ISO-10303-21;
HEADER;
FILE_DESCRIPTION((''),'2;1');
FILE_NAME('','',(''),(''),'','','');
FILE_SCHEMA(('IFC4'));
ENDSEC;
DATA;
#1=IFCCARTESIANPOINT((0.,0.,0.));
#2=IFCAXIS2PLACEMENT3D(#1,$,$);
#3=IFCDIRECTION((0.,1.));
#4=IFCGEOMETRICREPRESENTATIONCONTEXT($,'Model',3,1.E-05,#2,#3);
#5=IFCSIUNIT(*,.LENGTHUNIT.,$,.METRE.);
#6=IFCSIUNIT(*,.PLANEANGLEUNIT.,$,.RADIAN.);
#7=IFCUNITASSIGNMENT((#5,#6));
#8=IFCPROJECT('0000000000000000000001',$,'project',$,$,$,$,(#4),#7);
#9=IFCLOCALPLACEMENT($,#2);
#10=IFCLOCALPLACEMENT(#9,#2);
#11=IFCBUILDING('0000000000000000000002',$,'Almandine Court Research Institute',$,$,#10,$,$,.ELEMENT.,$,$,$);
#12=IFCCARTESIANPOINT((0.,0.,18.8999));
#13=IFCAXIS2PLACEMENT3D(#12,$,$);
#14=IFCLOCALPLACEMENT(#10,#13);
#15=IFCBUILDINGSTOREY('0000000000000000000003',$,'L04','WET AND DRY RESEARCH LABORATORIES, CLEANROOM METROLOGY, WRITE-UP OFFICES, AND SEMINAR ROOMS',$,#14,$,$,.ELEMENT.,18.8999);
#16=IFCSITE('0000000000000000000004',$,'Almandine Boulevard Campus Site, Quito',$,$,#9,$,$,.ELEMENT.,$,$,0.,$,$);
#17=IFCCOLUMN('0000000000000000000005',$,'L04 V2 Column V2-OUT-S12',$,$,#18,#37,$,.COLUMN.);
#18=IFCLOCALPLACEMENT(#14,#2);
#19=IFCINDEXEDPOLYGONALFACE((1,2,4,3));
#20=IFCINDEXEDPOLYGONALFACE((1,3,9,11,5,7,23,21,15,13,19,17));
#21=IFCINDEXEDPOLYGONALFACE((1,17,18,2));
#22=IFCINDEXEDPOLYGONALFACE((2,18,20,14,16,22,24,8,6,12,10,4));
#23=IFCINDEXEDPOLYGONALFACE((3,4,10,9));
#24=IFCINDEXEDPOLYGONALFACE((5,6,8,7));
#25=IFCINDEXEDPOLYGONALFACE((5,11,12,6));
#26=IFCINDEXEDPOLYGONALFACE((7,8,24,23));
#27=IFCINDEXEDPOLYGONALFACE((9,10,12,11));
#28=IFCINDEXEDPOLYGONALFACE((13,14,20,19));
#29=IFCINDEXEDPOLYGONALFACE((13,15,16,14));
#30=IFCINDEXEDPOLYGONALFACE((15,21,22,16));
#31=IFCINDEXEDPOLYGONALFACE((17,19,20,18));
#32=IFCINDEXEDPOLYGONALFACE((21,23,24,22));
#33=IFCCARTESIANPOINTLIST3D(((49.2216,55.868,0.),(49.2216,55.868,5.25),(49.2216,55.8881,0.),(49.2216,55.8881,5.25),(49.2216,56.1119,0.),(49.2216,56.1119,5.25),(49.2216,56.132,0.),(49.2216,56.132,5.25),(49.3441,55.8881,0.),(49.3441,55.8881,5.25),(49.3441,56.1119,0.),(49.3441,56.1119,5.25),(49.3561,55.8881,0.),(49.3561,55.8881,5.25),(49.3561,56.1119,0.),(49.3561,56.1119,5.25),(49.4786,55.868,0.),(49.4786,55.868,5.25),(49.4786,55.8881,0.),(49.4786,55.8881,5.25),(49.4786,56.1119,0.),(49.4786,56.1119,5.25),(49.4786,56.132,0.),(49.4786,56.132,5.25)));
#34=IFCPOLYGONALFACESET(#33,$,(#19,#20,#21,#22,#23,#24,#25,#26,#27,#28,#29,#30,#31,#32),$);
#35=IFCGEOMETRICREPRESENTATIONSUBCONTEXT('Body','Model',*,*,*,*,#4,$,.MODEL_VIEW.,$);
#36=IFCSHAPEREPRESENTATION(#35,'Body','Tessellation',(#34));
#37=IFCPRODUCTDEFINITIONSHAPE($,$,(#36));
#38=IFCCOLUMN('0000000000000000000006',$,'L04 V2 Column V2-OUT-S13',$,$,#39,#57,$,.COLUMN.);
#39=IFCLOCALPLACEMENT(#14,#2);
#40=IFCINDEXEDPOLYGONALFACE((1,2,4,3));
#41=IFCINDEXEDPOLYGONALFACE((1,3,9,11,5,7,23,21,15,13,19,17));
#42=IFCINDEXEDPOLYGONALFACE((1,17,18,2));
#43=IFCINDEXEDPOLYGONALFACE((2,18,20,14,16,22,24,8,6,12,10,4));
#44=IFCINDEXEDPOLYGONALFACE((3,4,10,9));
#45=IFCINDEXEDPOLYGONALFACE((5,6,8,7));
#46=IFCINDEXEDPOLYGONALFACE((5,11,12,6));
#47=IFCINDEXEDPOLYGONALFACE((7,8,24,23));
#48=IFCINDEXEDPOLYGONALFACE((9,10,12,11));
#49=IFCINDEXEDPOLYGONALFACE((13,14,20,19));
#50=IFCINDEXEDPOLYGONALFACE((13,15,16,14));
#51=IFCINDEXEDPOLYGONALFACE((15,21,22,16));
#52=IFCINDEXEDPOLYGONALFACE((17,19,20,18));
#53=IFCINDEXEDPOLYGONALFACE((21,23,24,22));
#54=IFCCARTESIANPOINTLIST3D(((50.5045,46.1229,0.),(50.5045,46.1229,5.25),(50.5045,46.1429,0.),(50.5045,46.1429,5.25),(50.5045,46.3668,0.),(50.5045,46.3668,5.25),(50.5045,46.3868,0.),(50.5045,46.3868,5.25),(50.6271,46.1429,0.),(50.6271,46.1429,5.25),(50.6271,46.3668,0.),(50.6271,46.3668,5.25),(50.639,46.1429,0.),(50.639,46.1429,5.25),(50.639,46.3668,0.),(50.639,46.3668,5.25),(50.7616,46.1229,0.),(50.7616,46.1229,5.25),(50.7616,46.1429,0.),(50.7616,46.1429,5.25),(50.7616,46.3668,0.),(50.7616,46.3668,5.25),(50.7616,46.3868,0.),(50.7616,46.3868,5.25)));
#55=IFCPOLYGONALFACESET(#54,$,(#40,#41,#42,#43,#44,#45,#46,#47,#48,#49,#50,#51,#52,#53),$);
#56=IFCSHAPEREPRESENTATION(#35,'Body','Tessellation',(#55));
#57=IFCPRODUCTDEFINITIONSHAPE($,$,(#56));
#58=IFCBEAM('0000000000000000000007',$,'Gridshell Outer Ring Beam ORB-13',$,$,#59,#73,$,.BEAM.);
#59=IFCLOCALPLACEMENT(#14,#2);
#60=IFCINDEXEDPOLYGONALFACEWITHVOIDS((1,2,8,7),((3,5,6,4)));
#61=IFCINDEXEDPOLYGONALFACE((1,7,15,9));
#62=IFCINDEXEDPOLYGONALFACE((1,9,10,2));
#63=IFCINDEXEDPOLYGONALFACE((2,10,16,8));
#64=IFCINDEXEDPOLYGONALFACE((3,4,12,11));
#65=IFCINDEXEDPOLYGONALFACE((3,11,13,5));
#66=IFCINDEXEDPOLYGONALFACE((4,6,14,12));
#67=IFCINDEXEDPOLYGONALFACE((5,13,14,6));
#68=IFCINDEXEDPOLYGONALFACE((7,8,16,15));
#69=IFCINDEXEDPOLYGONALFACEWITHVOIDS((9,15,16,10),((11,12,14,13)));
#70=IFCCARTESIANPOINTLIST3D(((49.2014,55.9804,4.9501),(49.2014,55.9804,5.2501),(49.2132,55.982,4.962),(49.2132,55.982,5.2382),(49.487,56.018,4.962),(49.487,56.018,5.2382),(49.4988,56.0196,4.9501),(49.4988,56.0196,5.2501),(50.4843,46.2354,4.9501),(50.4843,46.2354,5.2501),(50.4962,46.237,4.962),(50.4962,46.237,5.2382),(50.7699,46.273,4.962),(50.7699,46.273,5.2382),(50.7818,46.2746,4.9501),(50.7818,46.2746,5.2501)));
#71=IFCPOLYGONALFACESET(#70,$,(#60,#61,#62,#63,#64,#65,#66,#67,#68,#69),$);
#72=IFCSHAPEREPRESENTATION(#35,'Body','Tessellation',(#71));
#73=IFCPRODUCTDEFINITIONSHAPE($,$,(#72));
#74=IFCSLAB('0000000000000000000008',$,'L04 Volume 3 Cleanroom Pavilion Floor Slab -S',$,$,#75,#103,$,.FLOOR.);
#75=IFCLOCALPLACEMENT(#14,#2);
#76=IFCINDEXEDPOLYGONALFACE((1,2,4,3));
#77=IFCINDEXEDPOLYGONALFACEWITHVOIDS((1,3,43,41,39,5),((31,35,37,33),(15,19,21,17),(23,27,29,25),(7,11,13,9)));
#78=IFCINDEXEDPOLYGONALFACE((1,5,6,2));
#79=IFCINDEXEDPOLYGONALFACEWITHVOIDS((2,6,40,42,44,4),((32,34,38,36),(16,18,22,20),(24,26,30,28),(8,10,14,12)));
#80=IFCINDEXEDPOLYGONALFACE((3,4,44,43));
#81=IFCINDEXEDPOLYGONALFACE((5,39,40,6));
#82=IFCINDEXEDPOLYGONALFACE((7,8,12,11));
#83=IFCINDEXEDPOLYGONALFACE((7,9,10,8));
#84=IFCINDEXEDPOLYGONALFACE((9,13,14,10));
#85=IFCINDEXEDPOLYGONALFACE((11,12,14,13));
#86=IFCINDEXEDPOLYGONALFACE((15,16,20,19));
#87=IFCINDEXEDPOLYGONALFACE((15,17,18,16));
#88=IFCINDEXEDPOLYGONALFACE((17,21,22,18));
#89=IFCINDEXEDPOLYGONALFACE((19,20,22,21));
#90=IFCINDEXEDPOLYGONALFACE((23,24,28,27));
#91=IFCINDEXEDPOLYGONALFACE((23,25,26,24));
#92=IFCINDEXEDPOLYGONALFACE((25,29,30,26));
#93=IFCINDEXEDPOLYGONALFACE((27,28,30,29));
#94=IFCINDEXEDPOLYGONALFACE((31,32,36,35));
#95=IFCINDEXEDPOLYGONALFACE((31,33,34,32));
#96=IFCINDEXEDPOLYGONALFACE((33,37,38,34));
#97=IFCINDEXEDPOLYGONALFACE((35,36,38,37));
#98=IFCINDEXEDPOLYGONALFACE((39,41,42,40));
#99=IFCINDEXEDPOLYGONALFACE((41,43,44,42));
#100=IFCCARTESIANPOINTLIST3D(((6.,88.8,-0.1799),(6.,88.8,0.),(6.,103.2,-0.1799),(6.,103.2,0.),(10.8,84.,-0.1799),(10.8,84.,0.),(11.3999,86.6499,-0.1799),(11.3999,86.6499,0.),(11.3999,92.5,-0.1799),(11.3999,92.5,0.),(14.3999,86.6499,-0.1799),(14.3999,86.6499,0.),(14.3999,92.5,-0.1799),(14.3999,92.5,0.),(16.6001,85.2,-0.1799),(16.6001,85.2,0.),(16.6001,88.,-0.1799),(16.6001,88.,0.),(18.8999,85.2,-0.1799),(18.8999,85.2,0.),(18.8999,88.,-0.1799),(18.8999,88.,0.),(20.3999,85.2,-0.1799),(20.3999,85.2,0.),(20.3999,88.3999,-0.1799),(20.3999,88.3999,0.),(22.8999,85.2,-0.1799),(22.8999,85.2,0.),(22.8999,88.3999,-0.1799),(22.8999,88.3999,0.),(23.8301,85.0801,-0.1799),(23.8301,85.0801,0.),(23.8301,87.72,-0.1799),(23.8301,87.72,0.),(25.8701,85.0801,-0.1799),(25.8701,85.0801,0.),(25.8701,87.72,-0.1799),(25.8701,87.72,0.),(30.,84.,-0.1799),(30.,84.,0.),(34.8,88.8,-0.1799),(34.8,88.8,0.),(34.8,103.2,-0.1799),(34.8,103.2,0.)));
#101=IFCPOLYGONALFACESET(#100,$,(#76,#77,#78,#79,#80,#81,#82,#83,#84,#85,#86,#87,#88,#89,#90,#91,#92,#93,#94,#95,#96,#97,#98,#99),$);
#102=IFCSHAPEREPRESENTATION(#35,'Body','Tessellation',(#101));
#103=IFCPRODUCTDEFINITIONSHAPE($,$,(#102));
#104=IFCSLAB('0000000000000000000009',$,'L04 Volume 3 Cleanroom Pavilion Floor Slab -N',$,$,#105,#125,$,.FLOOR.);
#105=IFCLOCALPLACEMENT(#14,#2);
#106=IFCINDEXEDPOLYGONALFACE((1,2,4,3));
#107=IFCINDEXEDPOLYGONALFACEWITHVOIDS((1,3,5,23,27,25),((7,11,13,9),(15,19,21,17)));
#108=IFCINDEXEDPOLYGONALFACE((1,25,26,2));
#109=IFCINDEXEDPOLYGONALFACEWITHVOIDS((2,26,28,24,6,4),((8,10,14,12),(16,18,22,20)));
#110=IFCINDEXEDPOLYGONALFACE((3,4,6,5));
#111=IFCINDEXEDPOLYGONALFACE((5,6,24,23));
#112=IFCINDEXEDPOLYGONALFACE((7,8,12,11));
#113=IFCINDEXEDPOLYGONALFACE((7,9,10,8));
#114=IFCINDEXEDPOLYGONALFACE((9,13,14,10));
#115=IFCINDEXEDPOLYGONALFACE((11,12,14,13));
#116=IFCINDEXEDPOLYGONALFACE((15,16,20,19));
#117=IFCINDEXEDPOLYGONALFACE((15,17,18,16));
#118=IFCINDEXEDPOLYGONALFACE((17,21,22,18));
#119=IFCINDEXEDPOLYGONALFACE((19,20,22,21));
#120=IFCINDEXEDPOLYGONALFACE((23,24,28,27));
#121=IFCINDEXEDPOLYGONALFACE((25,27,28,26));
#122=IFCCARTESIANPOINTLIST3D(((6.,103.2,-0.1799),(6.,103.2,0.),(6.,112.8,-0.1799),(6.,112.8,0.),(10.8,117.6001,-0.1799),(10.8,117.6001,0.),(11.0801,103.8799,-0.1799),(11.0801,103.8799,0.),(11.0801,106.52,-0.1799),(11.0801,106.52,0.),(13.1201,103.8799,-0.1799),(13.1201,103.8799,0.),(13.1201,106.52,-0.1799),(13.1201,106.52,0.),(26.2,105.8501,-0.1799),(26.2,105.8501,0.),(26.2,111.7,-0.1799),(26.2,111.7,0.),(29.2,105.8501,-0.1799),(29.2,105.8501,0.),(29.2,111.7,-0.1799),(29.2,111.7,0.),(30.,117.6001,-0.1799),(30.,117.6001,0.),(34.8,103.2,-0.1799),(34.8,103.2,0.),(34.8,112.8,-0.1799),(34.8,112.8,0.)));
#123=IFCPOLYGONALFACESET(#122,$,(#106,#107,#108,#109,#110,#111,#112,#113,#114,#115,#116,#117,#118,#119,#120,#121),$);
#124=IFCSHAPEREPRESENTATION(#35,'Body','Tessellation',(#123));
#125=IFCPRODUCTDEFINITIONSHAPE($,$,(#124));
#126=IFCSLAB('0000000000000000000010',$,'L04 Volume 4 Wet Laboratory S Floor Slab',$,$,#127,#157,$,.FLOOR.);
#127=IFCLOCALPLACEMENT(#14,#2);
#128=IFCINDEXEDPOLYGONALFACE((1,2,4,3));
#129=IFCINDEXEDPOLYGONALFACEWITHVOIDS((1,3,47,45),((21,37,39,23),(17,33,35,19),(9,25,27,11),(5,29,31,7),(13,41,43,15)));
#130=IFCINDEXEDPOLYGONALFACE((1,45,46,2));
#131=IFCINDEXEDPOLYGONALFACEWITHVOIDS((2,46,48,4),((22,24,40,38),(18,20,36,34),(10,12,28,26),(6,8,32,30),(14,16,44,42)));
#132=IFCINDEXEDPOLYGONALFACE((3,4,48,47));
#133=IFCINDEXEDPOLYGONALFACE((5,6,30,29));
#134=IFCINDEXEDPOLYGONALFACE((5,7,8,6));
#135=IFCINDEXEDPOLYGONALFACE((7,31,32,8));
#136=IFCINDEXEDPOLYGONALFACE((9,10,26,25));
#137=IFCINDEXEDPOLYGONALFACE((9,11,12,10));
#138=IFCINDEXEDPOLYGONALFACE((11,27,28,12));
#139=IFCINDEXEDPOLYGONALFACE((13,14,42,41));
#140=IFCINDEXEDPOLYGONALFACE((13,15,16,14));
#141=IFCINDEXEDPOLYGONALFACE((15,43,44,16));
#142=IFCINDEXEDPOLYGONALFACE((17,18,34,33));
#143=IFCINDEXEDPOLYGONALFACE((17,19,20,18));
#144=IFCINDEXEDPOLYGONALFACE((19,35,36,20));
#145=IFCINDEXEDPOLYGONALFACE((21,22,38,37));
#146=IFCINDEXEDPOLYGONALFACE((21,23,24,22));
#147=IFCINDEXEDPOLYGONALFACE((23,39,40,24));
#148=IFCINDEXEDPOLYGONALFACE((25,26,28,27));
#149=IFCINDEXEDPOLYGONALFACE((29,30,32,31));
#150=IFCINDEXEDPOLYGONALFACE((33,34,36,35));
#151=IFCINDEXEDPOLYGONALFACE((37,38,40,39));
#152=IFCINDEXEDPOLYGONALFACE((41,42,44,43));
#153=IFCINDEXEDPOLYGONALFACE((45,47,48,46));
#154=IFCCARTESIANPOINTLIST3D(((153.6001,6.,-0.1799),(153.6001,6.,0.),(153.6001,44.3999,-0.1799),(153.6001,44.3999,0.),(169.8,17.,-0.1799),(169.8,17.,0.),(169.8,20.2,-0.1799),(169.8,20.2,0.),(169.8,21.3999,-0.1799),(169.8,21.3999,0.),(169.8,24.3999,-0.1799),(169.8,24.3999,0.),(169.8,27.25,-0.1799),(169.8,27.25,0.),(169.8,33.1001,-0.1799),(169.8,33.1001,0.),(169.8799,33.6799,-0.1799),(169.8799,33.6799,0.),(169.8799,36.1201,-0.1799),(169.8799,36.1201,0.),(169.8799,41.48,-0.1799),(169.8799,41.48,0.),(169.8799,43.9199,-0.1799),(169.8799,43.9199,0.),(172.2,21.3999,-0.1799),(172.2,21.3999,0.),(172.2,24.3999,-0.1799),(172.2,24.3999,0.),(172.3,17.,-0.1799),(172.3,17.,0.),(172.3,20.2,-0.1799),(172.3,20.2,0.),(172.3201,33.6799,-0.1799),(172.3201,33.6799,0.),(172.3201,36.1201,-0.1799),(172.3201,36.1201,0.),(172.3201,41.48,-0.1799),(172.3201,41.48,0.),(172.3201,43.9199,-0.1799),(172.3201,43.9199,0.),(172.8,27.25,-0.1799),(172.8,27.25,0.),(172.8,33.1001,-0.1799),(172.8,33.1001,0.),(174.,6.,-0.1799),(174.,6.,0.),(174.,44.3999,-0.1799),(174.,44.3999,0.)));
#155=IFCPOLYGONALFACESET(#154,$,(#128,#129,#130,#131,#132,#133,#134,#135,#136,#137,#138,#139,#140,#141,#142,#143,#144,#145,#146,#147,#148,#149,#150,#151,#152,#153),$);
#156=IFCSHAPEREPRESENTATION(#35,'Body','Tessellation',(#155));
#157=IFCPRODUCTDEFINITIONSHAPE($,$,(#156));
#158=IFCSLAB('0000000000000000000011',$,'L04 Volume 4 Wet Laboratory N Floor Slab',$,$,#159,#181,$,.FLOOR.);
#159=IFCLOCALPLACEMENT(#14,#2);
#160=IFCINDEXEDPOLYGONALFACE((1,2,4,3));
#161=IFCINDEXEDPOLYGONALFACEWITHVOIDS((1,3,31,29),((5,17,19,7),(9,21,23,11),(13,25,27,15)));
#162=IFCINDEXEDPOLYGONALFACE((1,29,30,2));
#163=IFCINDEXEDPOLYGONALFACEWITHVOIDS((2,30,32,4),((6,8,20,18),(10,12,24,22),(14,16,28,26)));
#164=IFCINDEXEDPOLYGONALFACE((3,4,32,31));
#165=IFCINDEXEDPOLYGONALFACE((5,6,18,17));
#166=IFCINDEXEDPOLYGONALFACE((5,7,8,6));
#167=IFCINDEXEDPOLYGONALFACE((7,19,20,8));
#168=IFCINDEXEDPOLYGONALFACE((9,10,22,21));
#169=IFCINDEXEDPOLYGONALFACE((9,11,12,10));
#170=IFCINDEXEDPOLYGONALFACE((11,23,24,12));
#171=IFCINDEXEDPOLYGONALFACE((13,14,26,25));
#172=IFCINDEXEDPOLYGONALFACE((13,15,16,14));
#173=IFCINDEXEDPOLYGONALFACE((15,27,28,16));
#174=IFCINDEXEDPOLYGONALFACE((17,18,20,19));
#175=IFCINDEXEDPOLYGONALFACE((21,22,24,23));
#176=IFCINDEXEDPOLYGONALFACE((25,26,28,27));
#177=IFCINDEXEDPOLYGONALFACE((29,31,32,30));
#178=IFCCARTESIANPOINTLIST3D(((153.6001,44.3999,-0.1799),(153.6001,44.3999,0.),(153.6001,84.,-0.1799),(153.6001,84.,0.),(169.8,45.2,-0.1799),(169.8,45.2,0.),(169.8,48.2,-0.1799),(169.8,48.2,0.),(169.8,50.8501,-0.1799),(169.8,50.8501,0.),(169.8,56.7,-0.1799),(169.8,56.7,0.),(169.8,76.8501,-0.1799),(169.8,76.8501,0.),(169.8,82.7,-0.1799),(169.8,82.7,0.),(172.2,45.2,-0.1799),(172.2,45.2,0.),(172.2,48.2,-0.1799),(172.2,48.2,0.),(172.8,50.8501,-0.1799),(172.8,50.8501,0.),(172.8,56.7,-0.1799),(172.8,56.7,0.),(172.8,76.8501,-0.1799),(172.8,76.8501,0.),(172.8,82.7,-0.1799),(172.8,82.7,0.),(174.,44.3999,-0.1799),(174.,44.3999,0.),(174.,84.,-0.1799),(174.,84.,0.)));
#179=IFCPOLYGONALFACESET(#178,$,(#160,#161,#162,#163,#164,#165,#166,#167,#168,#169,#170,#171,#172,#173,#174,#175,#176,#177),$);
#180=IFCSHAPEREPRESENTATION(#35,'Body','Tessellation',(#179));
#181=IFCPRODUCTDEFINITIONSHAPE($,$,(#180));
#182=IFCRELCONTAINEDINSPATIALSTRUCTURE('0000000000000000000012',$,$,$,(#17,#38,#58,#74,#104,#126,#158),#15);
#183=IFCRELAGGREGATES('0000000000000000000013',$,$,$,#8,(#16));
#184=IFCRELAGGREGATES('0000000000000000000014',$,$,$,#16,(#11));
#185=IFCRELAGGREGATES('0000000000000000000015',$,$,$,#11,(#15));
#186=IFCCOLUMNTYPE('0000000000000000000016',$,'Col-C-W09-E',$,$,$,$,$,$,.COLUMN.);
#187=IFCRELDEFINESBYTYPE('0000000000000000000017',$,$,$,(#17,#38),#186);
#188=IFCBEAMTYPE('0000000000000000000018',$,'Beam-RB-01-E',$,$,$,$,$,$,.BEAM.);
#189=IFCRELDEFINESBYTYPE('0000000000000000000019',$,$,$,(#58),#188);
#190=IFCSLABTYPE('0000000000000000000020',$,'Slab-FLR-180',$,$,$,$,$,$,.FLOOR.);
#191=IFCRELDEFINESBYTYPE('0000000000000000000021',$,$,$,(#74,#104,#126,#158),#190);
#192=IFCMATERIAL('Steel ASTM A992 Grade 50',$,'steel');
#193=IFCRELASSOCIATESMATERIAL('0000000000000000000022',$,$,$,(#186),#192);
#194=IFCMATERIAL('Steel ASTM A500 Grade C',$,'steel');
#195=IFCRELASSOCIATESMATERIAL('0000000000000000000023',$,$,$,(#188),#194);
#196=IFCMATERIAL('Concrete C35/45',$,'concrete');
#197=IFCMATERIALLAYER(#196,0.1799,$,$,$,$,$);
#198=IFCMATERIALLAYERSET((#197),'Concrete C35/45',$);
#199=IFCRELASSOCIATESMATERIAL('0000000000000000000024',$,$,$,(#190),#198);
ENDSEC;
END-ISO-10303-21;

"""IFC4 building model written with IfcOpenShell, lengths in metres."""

from ifc_helpers import new_model, si_unit, direction, frame, origin, origin_2d, place, context, subcontext, project, spatial, polyline, hollow_rectangle, i_section, outline, extrude, material, layer, layer_set, material_profile, profile_set, type_object, element, save


model = new_model("IFC4")

# Units and contexts
model_context = context("Model", 3, precision=1e-05, world=origin(), true_north=direction((0.0, 1.0)))
body_context = subcontext(model_context, "Body", "Model", "MODEL_VIEW")
ifc_project = project(units=[si_unit("LENGTHUNIT", "METRE"), si_unit("PLANEANGLEUNIT", "RADIAN")], contexts=[model_context])

# Site, building, storey
site_placement = place(None, origin())
site = spatial("IfcSite", under=ifc_project, at=site_placement, Name="Almandine Boulevard Campus Site, Quito", CompositionType="ELEMENT", RefElevation=0.0)
building_placement = place(site_placement, origin())
building = spatial("IfcBuilding", under=site, at=building_placement, Name="Almandine Court Research Institute", CompositionType="ELEMENT")
storey_placement = place(building_placement, frame((0.0, 0.0, 18.8999)))
storey = spatial("IfcBuildingStorey", under=building, at=storey_placement, Name="L04", Description="WET AND DRY RESEARCH LABORATORIES, CLEANROOM METROLOGY, WRITE-UP OFFICES, AND SEMINAR ROOMS", CompositionType="ELEMENT", Elevation=18.8999)

# Columns
ifc_material_1 = material(Name="Steel ASTM A992 Grade 50", Category="steel")
ifc_material_profile_1 = material_profile(ifc_material_1, i_section(OverallWidth=0.2571, OverallDepth=0.2639, WebThickness=0.012, FlangeThickness=0.02, at=origin_2d()), Name="W250x101")
ifc_profile_set_1 = profile_set([ifc_material_profile_1], Name="Steel ASTM A992 Grade 50")
column_type = type_object("IfcColumnType", Name="Col-C-W09-E", PredefinedType="COLUMN", material=ifc_profile_set_1)
for number, where, z_axis, x_axis, name in (
    (1, (49.3501, 56.0, 0.0), (0.0, 0.0, 1.0), (1.0, 0.0, 0.0), "L04 V2 Column V2-OUT-S12"),
    (2, (50.6331, 46.2549, 0.0), (0.0, 0.0, 1.0), (1.0, 0.0, 0.0), "L04 V2 Column V2-OUT-S13"),
):
    element("IfcColumn", number, at=place(storey_placement, frame(where, z_axis=z_axis, x_axis=x_axis)), inside=storey, type_object=column_type, Name=name, PredefinedType="COLUMN", context=body_context, shape_type="SweptSolid", body=[
        extrude(i_section(OverallWidth=0.2571, OverallDepth=0.2639, WebThickness=0.012, FlangeThickness=0.02, at=origin_2d()), origin(), (0.0, 0.0, 1.0), 5.25),
    ])

# Beam
ifc_material_2 = material(Name="Steel ASTM A500 Grade C", Category="steel")
ifc_material_profile_2 = material_profile(ifc_material_2, hollow_rectangle(XDim=0.3, YDim=0.3, WallThickness=0.012, at=origin_2d()), Name="HSS 300x300x12")
ifc_profile_set_2 = profile_set([ifc_material_profile_2], Name="Steel ASTM A500 Grade C")
beam_type = type_object("IfcBeamType", Name="Beam-RB-01-E", PredefinedType="BEAM", material=ifc_profile_set_2)
beam_placement = place(storey_placement, frame((49.3501, 56.0, 5.1001), z_axis=(0.130525, -0.991445, 0.0), x_axis=(0.991445, 0.130525, 0.0)))
element("IfcBeam", 3, at=beam_placement, inside=storey, type_object=beam_type, Name="Gridshell Outer Ring Beam ORB-13", PredefinedType="BEAM", context=body_context, shape_type="SweptSolid", body=[
    extrude(hollow_rectangle(XDim=0.3, YDim=0.3, WallThickness=0.012, at=origin_2d()), origin(), (0.0, 0.0, 1.0), 9.8291),
])

# Slabs
ifc_material_3 = material(Name="Concrete C35/45", Category="concrete")
ifc_layer_1 = layer(ifc_material_3, 0.1799)
ifc_layer_set_1 = layer_set([ifc_layer_1], Name="Concrete C35/45")
slab_type_1 = type_object("IfcSlabType", Name="Slab-FLR-180", PredefinedType="FLOOR", material=ifc_layer_set_1)
slab_1_placement = place(storey_placement, frame((0.0, 0.0, -0.1799)))
element("IfcSlab", 4, at=slab_1_placement, inside=storey, type_object=slab_type_1, Name="L04 Volume 3 Cleanroom Pavilion Floor Slab -S", PredefinedType="FLOOR", context=body_context, shape_type="SweptSolid", body=[
    extrude(outline(polyline([(10.8, 84.0), (30.0, 84.0), (34.8, 88.8), (34.8, 103.2), (6.0, 103.2), (6.0, 88.8), (10.8, 84.0)]), holes=[polyline([(14.3999, 86.6499), (14.3999, 92.5), (11.3999, 92.5), (11.3999, 86.6499), (14.3999, 86.6499)]), polyline([(16.6001, 85.2), (18.8999, 85.2), (18.8999, 88.0), (16.6001, 88.0), (16.6001, 85.2)]), polyline([(20.3999, 85.2), (22.8999, 85.2), (22.8999, 88.3999), (20.3999, 88.3999), (20.3999, 85.2)]), polyline([(23.8301, 85.0801), (25.8701, 85.0801), (25.8701, 87.72), (23.8301, 87.72), (23.8301, 85.0801)])]), origin(), (0.0, 0.0, 1.0), 0.1799),
])
slab_2_placement = place(storey_placement, frame((0.0, 0.0, -0.1799)))
element("IfcSlab", 5, at=slab_2_placement, inside=storey, type_object=slab_type_1, Name="L04 Volume 3 Cleanroom Pavilion Floor Slab -N", PredefinedType="FLOOR", context=body_context, shape_type="SweptSolid", body=[
    extrude(outline(polyline([(6.0, 103.2), (34.8, 103.2), (34.8, 112.8), (30.0, 117.6001), (10.8, 117.6001), (6.0, 112.8), (6.0, 103.2)]), holes=[polyline([(29.2, 105.8501), (29.2, 111.7), (26.2, 111.7), (26.2, 105.8501), (29.2, 105.8501)]), polyline([(11.0801, 103.8799), (13.1201, 103.8799), (13.1201, 106.52), (11.0801, 106.52), (11.0801, 103.8799)])]), origin(), (0.0, 0.0, 1.0), 0.1799),
])
slab_3_placement = place(storey_placement, frame((0.0, 0.0, -0.1799)))
element("IfcSlab", 6, at=slab_3_placement, inside=storey, type_object=slab_type_1, Name="L04 Volume 4 Wet Laboratory S Floor Slab", PredefinedType="FLOOR", context=body_context, shape_type="SweptSolid", body=[
    extrude(outline(polyline([(153.6001, 6.0), (174.0, 6.0), (174.0, 44.3999), (153.6001, 44.3999), (153.6001, 6.0)]), holes=[polyline([(172.8, 27.25), (172.8, 33.1001), (169.8, 33.1001), (169.8, 27.25), (172.8, 27.25)]), polyline([(169.8, 21.3999), (172.2, 21.3999), (172.2, 24.3999), (169.8, 24.3999), (169.8, 21.3999)]), polyline([(169.8, 17.0), (172.3, 17.0), (172.3, 20.2), (169.8, 20.2), (169.8, 17.0)]), polyline([(169.8799, 33.6799), (172.3201, 33.6799), (172.3201, 36.1201), (169.8799, 36.1201), (169.8799, 33.6799)]), polyline([(169.8799, 41.48), (172.3201, 41.48), (172.3201, 43.9199), (169.8799, 43.9199), (169.8799, 41.48)])]), origin(), (0.0, 0.0, 1.0), 0.1799),
])
slab_4_placement = place(storey_placement, frame((0.0, 0.0, -0.1799)))
element("IfcSlab", 7, at=slab_4_placement, inside=storey, type_object=slab_type_1, Name="L04 Volume 4 Wet Laboratory N Floor Slab", PredefinedType="FLOOR", context=body_context, shape_type="SweptSolid", body=[
    extrude(outline(polyline([(153.6001, 44.3999), (174.0, 44.3999), (174.0, 84.0), (153.6001, 84.0), (153.6001, 44.3999)]), holes=[polyline([(172.8, 50.8501), (172.8, 56.7), (169.8, 56.7), (169.8, 50.8501), (172.8, 50.8501)]), polyline([(172.8, 76.8501), (172.8, 82.7), (169.8, 82.7), (169.8, 76.8501), (172.8, 76.8501)]), polyline([(169.8, 45.2), (172.2, 45.2), (172.2, 48.2), (169.8, 48.2), (169.8, 45.2)])]), origin(), (0.0, 0.0, 1.0), 0.1799),
])

save(model, "model.ifc")
